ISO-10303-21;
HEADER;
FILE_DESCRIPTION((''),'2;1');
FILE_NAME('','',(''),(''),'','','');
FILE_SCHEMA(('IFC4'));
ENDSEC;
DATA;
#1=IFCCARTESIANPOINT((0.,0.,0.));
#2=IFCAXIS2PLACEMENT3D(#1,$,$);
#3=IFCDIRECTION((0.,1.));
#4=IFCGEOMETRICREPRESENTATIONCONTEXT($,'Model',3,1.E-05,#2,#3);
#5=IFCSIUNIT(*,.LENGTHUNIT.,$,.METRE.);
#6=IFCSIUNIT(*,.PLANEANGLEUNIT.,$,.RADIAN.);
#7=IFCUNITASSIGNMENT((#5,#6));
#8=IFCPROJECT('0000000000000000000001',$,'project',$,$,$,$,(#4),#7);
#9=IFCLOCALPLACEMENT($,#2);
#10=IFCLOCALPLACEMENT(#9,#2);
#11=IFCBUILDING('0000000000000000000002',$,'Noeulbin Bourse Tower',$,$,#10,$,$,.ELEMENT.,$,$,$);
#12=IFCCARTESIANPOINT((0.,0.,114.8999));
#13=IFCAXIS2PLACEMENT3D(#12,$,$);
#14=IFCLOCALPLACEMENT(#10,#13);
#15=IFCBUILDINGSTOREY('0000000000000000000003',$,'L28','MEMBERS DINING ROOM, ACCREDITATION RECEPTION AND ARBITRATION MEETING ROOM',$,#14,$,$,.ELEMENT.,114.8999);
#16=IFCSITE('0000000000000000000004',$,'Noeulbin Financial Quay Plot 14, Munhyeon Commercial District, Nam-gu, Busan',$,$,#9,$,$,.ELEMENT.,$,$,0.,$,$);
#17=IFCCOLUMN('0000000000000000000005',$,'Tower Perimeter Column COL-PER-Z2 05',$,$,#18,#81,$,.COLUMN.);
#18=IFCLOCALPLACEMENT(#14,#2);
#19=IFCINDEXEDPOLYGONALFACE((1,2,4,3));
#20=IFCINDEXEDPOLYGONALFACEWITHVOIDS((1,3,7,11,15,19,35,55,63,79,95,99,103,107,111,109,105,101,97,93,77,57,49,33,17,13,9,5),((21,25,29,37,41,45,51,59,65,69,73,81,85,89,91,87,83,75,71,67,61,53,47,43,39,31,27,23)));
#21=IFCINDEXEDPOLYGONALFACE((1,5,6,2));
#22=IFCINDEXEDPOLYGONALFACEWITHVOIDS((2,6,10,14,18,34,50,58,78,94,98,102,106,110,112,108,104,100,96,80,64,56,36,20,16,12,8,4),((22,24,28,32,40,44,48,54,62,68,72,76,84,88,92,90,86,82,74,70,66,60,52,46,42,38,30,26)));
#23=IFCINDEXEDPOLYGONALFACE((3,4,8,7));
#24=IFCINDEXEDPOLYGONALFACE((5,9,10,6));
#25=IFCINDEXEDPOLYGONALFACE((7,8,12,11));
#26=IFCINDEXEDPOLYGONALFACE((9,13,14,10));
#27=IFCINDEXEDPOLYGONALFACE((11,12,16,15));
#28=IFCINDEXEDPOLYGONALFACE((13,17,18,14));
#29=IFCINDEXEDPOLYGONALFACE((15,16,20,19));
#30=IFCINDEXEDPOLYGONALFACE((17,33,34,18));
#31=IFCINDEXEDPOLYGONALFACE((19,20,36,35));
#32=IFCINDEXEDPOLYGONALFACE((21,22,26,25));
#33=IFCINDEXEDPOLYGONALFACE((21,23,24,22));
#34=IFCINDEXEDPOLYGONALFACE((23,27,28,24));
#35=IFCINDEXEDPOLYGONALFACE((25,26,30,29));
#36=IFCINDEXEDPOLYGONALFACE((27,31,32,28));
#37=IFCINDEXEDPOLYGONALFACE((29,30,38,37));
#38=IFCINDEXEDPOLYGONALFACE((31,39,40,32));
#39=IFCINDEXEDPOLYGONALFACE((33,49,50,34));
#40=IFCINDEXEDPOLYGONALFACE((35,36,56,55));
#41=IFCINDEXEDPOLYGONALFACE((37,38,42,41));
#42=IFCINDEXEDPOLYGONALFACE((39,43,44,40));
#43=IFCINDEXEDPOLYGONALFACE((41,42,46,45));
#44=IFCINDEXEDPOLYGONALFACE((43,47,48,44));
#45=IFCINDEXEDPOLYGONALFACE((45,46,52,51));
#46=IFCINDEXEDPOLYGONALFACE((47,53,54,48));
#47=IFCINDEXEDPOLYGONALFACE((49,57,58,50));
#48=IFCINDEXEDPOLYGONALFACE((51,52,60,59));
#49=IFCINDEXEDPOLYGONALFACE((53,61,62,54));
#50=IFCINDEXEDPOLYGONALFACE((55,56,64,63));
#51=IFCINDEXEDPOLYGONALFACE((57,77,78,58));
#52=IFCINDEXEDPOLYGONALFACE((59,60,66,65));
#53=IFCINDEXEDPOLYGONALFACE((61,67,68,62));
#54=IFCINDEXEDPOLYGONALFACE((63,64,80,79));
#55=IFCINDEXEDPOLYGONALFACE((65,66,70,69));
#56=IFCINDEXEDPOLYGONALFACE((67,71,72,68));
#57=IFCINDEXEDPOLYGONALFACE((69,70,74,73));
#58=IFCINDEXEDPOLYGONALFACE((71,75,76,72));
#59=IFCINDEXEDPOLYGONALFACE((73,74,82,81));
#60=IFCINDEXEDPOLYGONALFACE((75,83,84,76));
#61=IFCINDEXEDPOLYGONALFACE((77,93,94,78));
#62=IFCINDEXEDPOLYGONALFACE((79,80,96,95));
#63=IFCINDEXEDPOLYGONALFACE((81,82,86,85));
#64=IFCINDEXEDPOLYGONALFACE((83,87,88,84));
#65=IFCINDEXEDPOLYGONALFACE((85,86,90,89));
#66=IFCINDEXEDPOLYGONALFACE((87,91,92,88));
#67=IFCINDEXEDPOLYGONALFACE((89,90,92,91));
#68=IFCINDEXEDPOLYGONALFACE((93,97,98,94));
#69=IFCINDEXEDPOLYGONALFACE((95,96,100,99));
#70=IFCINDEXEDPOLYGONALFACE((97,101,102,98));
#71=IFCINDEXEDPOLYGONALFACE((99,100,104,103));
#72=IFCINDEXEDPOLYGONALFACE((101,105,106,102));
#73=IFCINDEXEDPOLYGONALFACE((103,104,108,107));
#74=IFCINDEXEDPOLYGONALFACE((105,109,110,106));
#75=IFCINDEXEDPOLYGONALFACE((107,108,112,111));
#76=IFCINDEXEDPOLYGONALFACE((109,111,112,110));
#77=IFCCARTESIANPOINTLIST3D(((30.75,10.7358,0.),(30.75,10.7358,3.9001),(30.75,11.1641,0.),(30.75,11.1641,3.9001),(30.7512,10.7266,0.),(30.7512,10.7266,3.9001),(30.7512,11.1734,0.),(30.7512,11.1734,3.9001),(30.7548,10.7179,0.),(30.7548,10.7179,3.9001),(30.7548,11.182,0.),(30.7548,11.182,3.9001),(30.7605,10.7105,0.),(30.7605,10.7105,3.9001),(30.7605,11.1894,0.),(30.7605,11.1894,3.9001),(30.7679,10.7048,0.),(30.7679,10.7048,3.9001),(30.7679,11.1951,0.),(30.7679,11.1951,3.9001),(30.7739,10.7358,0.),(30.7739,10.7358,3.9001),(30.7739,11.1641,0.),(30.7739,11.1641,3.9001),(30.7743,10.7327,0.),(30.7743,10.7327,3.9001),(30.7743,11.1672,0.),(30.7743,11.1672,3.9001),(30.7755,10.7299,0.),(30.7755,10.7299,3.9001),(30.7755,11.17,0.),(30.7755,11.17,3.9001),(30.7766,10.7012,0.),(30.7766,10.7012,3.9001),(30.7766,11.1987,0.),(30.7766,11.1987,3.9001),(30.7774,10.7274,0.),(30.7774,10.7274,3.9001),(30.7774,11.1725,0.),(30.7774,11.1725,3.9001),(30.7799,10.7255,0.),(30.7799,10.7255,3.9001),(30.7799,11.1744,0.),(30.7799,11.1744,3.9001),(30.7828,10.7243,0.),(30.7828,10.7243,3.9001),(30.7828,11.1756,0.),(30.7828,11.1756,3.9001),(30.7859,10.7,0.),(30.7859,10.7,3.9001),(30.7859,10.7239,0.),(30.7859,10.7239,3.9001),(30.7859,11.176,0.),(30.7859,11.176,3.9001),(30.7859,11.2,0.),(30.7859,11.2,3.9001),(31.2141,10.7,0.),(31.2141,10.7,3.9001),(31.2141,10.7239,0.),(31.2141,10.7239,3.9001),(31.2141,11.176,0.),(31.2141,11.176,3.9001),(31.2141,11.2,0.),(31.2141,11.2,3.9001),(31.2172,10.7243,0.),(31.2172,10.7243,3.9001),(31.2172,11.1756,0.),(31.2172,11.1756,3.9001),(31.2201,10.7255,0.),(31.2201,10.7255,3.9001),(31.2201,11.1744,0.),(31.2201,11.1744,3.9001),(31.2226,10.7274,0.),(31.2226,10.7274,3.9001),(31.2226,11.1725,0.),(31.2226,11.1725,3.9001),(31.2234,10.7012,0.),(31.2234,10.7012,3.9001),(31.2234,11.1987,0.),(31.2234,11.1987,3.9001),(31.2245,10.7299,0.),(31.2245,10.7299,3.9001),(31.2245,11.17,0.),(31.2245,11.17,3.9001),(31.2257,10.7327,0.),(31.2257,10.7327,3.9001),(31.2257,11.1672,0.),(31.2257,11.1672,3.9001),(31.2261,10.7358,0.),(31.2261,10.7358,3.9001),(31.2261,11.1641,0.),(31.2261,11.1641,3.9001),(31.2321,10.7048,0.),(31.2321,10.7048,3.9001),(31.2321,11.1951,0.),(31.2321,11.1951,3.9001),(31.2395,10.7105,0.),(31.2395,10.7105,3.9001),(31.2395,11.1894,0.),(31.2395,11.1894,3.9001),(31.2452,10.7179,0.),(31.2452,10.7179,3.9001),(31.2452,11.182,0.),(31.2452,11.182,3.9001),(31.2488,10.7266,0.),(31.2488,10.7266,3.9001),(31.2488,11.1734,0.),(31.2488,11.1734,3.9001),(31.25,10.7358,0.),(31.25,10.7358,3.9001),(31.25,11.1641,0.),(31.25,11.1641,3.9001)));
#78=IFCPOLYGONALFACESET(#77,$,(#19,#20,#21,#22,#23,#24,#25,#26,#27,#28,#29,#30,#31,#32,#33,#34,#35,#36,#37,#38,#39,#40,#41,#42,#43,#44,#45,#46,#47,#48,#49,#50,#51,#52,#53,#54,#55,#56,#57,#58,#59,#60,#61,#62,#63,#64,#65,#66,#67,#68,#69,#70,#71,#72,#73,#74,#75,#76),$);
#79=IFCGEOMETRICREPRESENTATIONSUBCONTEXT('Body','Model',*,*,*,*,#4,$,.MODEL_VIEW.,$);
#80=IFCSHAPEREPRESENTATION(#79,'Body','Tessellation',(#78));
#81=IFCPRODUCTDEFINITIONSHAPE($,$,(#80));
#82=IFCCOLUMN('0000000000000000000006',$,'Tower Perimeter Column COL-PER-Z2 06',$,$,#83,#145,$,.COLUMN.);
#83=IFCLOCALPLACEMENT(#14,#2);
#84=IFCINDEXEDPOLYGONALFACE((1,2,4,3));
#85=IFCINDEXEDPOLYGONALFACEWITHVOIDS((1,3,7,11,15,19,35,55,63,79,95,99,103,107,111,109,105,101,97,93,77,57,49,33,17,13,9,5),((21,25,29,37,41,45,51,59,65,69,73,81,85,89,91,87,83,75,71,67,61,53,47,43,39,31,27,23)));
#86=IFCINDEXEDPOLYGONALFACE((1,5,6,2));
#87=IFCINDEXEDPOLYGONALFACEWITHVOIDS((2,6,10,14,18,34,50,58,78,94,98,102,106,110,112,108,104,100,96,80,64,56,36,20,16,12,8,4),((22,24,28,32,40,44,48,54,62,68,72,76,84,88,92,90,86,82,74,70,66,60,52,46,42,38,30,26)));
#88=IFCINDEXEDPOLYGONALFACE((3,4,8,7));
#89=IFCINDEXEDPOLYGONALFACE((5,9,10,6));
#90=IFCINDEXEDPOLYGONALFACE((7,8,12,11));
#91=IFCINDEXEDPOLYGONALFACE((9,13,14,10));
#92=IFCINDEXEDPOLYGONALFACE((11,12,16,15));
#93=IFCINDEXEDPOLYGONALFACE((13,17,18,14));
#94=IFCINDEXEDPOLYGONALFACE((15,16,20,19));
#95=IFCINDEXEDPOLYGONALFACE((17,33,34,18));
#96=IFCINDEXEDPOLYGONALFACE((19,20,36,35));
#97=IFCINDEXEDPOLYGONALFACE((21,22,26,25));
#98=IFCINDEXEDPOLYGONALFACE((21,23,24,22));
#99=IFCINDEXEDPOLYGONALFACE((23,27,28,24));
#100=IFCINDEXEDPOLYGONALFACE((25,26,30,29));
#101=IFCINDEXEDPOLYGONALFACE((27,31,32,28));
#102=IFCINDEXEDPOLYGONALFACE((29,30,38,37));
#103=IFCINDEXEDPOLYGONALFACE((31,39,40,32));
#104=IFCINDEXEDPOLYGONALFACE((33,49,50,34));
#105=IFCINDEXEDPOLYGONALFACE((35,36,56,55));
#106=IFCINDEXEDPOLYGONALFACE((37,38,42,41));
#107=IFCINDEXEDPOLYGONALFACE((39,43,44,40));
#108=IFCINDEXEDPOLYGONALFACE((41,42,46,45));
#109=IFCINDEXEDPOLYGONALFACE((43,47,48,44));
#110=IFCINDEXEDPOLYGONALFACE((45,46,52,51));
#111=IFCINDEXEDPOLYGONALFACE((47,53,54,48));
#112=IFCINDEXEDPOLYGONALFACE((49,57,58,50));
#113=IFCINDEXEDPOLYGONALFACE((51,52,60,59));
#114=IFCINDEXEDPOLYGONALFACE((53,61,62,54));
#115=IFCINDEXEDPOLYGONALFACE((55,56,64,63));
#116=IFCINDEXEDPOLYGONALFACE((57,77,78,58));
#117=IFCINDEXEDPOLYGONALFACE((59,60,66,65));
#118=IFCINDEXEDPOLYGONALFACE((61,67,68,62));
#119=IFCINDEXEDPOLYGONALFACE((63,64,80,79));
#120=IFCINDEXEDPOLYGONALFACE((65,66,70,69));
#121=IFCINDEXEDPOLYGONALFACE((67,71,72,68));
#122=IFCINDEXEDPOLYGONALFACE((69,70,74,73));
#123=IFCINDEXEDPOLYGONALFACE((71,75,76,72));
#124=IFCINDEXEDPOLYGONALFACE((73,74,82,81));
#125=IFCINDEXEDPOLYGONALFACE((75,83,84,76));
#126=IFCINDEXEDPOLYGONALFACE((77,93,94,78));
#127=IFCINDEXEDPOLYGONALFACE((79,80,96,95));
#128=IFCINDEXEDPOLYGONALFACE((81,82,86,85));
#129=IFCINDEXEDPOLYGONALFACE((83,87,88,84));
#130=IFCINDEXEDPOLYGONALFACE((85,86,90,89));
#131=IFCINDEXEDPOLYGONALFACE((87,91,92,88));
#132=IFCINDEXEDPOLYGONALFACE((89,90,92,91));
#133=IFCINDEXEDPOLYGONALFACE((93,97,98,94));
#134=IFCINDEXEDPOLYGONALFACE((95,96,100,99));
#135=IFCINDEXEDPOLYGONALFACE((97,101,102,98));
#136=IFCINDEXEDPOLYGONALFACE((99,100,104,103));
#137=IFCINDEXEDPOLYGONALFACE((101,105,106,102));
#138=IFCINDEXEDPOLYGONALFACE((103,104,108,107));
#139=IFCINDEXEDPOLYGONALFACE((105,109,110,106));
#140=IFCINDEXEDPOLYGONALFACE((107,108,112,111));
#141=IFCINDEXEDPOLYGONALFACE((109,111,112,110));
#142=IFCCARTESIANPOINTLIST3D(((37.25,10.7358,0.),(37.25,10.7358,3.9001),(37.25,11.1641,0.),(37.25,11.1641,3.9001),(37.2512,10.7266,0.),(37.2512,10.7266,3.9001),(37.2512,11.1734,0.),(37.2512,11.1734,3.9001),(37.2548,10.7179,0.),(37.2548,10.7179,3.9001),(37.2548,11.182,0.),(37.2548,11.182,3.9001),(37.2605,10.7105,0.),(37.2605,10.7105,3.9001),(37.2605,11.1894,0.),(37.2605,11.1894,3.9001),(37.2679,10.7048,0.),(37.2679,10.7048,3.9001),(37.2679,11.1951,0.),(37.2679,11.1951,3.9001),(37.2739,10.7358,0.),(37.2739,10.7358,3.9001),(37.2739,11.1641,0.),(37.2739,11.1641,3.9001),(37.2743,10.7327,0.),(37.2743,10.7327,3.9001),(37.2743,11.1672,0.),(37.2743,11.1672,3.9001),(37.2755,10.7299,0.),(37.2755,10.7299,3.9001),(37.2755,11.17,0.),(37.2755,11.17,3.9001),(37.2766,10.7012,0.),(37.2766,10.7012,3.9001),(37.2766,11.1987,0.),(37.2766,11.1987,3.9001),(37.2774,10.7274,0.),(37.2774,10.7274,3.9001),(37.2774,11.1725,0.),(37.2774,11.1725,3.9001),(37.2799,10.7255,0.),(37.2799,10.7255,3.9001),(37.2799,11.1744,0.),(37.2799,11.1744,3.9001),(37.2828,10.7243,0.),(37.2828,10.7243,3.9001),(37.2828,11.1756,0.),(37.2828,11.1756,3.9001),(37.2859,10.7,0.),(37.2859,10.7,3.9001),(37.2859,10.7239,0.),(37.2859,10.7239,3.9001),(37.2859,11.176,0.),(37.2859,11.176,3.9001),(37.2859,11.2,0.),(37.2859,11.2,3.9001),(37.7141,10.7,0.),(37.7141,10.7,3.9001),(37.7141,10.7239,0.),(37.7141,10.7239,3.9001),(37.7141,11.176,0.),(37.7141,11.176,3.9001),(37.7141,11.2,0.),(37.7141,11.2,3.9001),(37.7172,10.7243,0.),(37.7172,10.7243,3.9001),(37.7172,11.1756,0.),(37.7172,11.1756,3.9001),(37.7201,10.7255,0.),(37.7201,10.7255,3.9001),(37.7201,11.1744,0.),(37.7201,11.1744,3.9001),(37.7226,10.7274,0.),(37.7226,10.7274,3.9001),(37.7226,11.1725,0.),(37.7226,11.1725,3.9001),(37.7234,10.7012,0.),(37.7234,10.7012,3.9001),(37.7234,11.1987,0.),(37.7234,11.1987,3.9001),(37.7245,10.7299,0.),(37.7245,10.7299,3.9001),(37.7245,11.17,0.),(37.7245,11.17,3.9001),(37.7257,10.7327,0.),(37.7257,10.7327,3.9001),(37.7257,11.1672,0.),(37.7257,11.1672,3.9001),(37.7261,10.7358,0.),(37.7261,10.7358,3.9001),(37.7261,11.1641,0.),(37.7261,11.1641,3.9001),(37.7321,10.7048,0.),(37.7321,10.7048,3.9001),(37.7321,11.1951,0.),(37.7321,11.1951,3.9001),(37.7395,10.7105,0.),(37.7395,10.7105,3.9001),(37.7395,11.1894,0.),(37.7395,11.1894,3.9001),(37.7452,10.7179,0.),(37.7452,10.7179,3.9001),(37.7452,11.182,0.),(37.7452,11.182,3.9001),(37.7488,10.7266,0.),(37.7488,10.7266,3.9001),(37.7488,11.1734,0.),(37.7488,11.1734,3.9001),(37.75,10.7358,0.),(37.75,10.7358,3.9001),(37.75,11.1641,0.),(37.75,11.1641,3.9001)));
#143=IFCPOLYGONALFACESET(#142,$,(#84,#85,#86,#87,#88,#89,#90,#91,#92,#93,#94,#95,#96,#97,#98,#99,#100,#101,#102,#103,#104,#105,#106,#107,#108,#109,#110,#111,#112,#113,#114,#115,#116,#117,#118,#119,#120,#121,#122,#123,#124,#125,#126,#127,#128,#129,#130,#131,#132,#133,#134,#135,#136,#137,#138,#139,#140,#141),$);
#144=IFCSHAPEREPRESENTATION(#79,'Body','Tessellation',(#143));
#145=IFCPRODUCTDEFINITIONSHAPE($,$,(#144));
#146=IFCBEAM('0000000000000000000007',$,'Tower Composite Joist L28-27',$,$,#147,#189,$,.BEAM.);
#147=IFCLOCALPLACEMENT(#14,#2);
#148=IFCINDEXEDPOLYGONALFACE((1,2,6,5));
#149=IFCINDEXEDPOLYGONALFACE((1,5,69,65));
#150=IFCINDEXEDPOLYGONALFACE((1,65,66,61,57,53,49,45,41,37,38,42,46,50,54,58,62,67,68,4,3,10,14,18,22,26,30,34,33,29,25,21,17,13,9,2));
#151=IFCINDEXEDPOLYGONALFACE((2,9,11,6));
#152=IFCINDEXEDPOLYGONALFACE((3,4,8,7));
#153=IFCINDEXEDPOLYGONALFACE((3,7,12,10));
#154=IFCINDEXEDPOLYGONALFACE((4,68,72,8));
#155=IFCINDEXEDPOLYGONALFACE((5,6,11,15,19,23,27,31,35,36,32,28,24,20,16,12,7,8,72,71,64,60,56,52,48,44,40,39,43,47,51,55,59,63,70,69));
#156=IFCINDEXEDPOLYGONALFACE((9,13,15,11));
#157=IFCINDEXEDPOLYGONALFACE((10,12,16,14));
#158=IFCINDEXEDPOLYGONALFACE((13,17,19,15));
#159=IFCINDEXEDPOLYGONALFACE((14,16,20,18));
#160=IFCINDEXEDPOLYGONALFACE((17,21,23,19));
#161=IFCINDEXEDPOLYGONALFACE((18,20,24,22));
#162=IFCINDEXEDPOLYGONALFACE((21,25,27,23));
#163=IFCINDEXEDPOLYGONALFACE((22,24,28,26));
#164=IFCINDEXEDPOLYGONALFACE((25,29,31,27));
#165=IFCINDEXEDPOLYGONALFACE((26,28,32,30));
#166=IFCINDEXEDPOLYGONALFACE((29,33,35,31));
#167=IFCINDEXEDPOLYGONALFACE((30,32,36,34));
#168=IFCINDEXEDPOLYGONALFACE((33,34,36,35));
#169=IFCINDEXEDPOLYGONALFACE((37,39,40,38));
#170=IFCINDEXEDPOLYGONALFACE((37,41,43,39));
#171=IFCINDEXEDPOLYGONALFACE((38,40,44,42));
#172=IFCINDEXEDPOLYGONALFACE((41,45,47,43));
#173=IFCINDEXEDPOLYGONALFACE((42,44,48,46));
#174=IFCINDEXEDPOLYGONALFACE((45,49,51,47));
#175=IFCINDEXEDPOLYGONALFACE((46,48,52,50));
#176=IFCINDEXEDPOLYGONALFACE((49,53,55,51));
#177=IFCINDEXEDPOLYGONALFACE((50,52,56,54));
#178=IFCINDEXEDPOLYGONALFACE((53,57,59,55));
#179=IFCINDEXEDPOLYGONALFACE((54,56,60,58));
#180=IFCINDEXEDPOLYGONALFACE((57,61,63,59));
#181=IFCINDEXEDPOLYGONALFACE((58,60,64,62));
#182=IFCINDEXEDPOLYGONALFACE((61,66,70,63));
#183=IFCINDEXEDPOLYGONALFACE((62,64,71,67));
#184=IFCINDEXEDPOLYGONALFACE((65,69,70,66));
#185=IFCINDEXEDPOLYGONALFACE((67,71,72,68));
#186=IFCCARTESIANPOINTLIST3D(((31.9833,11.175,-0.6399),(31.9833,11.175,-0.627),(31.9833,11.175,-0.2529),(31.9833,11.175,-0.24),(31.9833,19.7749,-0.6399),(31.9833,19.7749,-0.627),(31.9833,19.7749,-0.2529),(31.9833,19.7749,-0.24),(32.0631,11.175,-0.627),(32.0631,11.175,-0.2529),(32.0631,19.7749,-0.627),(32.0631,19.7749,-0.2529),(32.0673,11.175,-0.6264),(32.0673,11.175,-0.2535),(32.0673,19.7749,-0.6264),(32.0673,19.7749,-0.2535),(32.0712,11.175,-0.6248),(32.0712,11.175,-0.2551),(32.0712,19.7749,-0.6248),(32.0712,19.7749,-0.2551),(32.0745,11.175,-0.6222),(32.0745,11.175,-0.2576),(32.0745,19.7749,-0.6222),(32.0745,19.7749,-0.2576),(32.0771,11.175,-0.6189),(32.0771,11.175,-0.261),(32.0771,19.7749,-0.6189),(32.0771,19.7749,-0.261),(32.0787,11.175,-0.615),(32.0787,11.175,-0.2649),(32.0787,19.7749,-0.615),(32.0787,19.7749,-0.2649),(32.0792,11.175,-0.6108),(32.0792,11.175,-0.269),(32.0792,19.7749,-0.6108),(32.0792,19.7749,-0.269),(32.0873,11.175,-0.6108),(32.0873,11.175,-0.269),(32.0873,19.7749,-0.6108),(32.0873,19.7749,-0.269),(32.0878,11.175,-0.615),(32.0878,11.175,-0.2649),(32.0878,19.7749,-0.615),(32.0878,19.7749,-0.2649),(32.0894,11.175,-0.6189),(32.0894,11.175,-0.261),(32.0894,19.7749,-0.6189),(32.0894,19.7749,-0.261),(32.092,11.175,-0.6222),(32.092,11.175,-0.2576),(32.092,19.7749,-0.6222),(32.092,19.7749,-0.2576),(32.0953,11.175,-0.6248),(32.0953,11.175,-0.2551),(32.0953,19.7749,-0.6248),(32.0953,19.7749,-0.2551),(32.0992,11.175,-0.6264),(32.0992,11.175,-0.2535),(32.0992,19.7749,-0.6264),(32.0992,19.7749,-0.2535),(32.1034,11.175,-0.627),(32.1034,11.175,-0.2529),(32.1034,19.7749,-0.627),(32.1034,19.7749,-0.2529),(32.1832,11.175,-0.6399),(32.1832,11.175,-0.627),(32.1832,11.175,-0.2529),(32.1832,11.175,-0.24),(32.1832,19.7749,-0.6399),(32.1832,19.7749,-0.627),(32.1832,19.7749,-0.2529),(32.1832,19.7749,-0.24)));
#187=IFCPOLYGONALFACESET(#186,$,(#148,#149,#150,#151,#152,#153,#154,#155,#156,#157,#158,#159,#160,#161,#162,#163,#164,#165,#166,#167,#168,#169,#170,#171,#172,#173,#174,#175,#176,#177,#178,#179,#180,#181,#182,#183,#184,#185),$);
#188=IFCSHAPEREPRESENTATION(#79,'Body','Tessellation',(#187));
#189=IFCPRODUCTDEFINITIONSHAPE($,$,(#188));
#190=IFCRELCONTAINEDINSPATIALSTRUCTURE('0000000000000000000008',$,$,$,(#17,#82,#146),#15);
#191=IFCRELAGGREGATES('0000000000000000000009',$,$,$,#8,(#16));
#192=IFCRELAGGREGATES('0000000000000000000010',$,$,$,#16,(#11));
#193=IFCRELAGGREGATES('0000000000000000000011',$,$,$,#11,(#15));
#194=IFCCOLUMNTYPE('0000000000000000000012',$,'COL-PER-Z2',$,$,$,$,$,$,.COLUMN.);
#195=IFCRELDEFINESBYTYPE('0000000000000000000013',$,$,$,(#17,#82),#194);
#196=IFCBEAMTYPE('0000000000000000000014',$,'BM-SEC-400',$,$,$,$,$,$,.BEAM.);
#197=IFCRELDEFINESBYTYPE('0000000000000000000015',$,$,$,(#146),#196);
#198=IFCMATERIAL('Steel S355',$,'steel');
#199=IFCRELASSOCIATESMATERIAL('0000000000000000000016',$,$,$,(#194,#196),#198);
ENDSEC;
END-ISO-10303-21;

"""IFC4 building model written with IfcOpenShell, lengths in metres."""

from ifc_helpers import new_model, si_unit, direction, frame, origin, origin_2d, place, context, subcontext, project, spatial, hollow_rectangle, i_section, extrude, material, material_profile, profile_set, type_object, element, save


model = new_model("IFC4")

# Units and contexts
model_context = context("Model", 3, precision=1e-05, world=origin(), true_north=direction((0.0, 1.0)))
body_context = subcontext(model_context, "Body", "Model", "MODEL_VIEW")
ifc_project = project(units=[si_unit("LENGTHUNIT", "METRE"), si_unit("PLANEANGLEUNIT", "RADIAN")], contexts=[model_context])

# Site, building, storey
site_placement = place(None, origin())
site = spatial("IfcSite", under=ifc_project, at=site_placement, Name="Noeulbin Financial Quay Plot 14, Munhyeon Commercial District, Nam-gu, Busan", CompositionType="ELEMENT", RefElevation=0.0)
building_placement = place(site_placement, origin())
building = spatial("IfcBuilding", under=site, at=building_placement, Name="Noeulbin Bourse Tower", CompositionType="ELEMENT")
storey_placement = place(building_placement, frame((0.0, 0.0, 114.8999)))
storey = spatial("IfcBuildingStorey", under=building, at=storey_placement, Name="L28", Description="MEMBERS DINING ROOM, ACCREDITATION RECEPTION AND ARBITRATION MEETING ROOM", CompositionType="ELEMENT", Elevation=114.8999)

# Columns
ifc_material_1 = material(Name="Steel S355", Category="steel")
ifc_material_profile_1 = material_profile(ifc_material_1, hollow_rectangle(XDim=0.5, YDim=0.5, WallThickness=0.0239, InnerFilletRadius=0.012, OuterFilletRadius=0.0359, at=origin_2d()), Name="BOX-500x500x24", Category="LoadBearing")
ifc_profile_set_1 = profile_set([ifc_material_profile_1], Name="Steel S355")
column_type = type_object("IfcColumnType", Name="COL-PER-Z2", PredefinedType="COLUMN", material=ifc_profile_set_1)
for number, where, z_axis, x_axis, name in (
    (1, (31.0, 10.95, 0.0), (0.0, 0.0, 1.0), (1.0, 0.0, 0.0), "Tower Perimeter Column COL-PER-Z2 05"),
    (2, (37.5, 10.95, 0.0), (0.0, 0.0, 1.0), (1.0, 0.0, 0.0), "Tower Perimeter Column COL-PER-Z2 06"),
):
    element("IfcColumn", number, at=place(storey_placement, frame(where, z_axis=z_axis, x_axis=x_axis)), inside=storey, type_object=column_type, Name=name, PredefinedType="COLUMN", context=body_context, shape_type="SweptSolid", body=[
        extrude(hollow_rectangle(XDim=0.5, YDim=0.5, WallThickness=0.0239, InnerFilletRadius=0.012, OuterFilletRadius=0.0359, at=origin_2d()), origin(), (0.0, 0.0, 1.0), 3.9001),
    ])

# Beam
ifc_material_profile_2 = material_profile(ifc_material_1, i_section(OverallWidth=0.2, OverallDepth=0.3999, WebThickness=0.0081, FlangeThickness=0.0129, FilletRadius=0.0161, at=origin_2d()), Name="H-400x200x8x13", Category="LoadBearing")
ifc_profile_set_2 = profile_set([ifc_material_profile_2], Name="Steel S355")
beam_type_1 = type_object("IfcBeamType", Name="BM-SEC-400", PredefinedType="BEAM", material=ifc_profile_set_2)
for number, where, z_axis, x_axis, name in (
    (3, (32.0833, 11.175, -0.4399), (0.0, 1.0, 0.0), (-1.0, 0.0, 0.0), "Tower Composite Joist L28-27"),
):
    element("IfcBeam", number, at=place(storey_placement, frame(where, z_axis=z_axis, x_axis=x_axis)), inside=storey, type_object=beam_type_1, Name=name, PredefinedType="BEAM", context=body_context, shape_type="SweptSolid", body=[
        extrude(i_section(OverallWidth=0.2, OverallDepth=0.3999, WebThickness=0.0081, FlangeThickness=0.0129, FilletRadius=0.0161, at=origin_2d()), origin(), (0.0, 0.0, 1.0), 8.5999),
    ])

save(model, "model.ifc")
